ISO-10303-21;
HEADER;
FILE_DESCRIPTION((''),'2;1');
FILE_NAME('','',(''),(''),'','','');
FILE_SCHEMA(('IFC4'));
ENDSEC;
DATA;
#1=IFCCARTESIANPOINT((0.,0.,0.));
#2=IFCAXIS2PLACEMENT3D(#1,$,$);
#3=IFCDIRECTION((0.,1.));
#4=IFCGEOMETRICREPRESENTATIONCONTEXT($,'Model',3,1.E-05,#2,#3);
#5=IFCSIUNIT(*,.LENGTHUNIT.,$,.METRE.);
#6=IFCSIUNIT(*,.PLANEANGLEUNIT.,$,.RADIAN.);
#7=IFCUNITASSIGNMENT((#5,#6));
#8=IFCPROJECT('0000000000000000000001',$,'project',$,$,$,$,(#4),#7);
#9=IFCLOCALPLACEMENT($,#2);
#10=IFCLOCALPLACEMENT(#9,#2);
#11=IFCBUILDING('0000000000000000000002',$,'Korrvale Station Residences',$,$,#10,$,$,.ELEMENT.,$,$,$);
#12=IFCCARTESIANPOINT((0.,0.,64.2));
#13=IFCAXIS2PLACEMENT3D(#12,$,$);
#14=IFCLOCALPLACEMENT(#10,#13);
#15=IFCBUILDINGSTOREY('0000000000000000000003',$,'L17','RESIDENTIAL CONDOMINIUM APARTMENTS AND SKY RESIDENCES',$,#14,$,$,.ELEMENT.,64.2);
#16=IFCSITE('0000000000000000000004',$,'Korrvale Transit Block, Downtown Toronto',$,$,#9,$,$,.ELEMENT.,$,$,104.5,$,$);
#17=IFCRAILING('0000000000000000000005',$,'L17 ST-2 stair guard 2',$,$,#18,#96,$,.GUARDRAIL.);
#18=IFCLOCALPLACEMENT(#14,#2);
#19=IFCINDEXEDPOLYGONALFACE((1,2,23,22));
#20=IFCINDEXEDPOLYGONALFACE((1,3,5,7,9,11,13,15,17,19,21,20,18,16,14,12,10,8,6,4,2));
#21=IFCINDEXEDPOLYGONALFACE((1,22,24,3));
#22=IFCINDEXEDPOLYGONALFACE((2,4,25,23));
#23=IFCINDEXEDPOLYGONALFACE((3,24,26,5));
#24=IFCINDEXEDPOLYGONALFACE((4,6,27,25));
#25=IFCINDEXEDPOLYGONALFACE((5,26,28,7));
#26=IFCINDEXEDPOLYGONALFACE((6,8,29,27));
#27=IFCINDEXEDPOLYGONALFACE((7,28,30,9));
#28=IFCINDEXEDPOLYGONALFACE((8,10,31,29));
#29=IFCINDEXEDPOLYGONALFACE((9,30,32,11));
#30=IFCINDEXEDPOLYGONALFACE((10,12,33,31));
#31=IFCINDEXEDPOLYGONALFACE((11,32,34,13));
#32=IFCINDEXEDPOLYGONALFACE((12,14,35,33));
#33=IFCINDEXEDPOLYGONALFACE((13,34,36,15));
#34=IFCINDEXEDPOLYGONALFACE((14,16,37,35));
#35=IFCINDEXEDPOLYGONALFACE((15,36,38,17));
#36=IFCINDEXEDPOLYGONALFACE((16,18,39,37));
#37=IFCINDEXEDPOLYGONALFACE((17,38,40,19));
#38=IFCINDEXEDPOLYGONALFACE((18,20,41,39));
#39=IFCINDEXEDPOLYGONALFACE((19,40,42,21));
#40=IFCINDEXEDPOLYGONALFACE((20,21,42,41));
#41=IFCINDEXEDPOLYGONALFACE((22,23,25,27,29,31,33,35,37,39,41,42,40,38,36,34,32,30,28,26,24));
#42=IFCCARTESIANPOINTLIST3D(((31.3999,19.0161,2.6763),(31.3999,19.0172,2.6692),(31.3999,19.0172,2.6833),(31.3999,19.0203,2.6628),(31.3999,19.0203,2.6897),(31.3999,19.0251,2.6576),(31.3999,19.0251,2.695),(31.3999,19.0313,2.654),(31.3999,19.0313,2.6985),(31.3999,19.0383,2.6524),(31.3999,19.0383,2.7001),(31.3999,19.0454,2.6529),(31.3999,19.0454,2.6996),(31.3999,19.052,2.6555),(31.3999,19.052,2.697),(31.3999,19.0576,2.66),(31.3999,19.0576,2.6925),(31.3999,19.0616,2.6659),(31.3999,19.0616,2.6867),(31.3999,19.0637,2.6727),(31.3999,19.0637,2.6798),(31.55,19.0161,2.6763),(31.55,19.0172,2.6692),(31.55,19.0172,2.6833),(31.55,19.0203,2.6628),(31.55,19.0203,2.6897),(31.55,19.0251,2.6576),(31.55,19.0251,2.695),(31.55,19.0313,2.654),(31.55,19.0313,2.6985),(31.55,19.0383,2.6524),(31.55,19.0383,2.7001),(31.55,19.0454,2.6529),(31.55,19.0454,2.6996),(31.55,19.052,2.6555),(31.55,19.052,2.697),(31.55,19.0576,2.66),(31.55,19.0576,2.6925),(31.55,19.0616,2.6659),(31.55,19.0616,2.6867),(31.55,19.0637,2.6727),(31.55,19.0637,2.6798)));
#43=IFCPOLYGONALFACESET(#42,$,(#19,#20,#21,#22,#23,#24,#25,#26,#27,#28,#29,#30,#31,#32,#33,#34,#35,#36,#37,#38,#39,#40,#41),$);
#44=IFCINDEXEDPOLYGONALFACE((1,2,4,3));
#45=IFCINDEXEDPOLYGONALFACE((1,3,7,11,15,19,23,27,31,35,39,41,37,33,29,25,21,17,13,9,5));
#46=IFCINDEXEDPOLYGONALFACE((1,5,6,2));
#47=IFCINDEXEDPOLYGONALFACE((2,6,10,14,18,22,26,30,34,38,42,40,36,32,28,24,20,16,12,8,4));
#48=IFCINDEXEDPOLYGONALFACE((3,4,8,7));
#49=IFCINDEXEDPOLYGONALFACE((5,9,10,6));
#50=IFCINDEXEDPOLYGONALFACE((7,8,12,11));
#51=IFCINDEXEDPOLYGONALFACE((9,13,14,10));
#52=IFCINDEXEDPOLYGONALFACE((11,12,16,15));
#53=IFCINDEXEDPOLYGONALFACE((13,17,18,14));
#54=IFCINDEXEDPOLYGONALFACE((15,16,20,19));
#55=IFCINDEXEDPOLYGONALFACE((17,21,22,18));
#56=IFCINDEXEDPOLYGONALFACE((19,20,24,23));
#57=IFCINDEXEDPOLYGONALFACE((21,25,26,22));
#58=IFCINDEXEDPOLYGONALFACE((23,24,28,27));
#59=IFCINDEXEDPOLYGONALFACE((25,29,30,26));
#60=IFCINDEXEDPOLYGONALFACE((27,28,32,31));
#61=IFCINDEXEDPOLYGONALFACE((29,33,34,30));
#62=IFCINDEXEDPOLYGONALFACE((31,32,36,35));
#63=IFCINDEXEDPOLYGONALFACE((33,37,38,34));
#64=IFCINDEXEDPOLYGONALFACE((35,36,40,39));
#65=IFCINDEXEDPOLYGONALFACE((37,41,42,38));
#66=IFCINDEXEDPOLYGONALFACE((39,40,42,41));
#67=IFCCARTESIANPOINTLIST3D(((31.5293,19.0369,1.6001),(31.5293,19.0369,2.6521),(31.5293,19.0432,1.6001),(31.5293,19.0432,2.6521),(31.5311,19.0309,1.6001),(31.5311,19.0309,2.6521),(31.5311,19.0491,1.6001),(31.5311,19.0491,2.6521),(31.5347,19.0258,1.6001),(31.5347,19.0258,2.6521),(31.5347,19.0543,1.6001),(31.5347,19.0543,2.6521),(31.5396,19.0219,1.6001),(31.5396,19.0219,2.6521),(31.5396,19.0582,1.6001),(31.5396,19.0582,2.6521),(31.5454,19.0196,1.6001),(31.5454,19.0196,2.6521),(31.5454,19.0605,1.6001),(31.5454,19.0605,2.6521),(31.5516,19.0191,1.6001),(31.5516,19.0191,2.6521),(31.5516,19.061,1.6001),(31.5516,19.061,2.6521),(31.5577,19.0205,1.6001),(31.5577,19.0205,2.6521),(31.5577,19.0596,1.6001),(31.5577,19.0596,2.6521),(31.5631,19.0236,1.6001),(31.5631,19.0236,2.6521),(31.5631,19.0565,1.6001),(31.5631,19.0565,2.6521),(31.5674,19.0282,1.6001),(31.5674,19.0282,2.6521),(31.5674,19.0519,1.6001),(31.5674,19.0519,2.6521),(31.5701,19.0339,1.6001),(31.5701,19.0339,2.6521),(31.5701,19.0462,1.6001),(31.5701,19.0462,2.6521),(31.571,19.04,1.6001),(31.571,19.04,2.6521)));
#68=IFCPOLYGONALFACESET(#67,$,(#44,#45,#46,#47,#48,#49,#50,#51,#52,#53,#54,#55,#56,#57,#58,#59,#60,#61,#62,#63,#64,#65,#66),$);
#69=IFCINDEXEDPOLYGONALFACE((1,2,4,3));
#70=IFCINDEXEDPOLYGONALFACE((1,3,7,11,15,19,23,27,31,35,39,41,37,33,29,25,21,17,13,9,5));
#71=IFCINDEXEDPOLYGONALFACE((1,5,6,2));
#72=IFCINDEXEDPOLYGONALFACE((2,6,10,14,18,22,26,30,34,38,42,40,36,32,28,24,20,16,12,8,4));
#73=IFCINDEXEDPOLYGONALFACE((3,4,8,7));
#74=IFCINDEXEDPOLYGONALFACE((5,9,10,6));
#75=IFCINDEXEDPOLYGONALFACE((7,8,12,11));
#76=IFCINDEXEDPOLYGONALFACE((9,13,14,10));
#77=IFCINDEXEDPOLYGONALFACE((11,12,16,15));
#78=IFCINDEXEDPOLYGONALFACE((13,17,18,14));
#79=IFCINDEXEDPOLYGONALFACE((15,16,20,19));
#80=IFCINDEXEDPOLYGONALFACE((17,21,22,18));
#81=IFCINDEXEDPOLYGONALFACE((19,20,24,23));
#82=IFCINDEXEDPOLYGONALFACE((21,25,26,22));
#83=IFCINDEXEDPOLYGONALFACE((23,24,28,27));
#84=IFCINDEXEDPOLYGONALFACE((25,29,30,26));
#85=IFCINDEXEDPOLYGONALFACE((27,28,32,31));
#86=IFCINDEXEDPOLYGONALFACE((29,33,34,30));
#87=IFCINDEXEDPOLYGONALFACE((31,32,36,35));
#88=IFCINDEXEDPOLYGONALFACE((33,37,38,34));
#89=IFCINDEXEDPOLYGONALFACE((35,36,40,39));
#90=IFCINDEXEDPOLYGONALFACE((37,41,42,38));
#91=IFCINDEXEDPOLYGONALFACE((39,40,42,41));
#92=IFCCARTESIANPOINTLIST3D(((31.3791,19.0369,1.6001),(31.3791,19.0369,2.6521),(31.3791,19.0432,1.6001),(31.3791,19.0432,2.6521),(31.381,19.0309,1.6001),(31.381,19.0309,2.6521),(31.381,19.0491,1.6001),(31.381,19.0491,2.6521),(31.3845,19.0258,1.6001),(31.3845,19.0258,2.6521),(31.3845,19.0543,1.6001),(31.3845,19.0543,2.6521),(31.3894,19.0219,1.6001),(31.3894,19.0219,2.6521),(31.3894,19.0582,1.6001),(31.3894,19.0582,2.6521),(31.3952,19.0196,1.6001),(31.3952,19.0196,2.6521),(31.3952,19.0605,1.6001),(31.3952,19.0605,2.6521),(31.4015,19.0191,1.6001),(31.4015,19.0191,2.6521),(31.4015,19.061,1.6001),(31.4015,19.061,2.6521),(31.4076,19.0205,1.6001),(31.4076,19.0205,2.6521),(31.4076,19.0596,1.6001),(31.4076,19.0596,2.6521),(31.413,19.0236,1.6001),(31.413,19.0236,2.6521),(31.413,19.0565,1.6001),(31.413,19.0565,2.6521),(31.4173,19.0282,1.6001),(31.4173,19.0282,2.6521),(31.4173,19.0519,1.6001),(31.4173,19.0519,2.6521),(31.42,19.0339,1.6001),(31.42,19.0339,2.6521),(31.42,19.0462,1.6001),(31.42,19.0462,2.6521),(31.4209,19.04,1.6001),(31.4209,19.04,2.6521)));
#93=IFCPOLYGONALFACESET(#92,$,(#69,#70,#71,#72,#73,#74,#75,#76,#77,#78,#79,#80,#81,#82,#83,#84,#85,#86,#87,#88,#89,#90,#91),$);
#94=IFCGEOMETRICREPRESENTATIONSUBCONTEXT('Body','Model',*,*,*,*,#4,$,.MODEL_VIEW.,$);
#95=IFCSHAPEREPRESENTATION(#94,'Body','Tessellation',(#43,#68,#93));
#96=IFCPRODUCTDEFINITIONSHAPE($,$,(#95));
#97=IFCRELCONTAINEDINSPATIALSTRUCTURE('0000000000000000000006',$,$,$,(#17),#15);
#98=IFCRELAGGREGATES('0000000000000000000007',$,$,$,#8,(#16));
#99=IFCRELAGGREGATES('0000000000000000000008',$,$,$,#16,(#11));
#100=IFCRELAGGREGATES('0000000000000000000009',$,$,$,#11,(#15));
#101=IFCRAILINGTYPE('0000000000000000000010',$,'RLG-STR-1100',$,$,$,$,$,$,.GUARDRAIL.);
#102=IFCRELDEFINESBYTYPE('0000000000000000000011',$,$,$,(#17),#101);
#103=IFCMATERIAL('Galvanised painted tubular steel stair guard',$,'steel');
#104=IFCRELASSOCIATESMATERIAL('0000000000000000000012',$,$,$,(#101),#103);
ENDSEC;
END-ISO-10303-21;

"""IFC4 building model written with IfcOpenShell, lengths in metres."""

from ifc_helpers import new_model, si_unit, direction, frame, origin, origin_2d, place, context, subcontext, project, spatial, circle, extrude, material, type_object, element, save


model = new_model("IFC4")

# Units and contexts
model_context = context("Model", 3, precision=1e-05, world=origin(), true_north=direction((0.0, 1.0)))
body_context = subcontext(model_context, "Body", "Model", "MODEL_VIEW")
ifc_project = project(units=[si_unit("LENGTHUNIT", "METRE"), si_unit("PLANEANGLEUNIT", "RADIAN")], contexts=[model_context])

# Site, building, storey
site_placement = place(None, origin())
site = spatial("IfcSite", under=ifc_project, at=site_placement, Name="Korrvale Transit Block, Downtown Toronto", CompositionType="ELEMENT", RefElevation=104.5)
building_placement = place(site_placement, origin())
building = spatial("IfcBuilding", under=site, at=building_placement, Name="Korrvale Station Residences", CompositionType="ELEMENT")
storey_placement = place(building_placement, frame((0.0, 0.0, 64.2)))
storey = spatial("IfcBuildingStorey", under=building, at=storey_placement, Name="L17", Description="RESIDENTIAL CONDOMINIUM APARTMENTS AND SKY RESIDENCES", CompositionType="ELEMENT", Elevation=64.2)

# Railing
ifc_material_1 = material(Name="Galvanised painted tubular steel stair guard", Category="steel")
railing_type_1 = type_object("IfcRailingType", Name="RLG-STR-1100", PredefinedType="GUARDRAIL", material=ifc_material_1)
railing_1_placement = place(storey_placement, frame((31.55, 19.04, 1.6001)))
element("IfcRailing", 1, at=railing_1_placement, inside=storey, type_object=railing_type_1, Name="L17 ST-2 stair guard 2", PredefinedType="GUARDRAIL", context=body_context, shape_type="SweptSolid", body=[
    extrude(circle(Radius=0.0239, at=origin_2d()), frame((0.0, 0.0, 1.0762), z_axis=(-1.0, 0.0, 0.0), x_axis=(0.0, -1.0, 0.0)), (0.0, 0.0, 1.0), 0.1501),
    extrude(circle(Radius=0.021, at=origin_2d()), origin(), (0.0, 0.0, 1.0), 1.052),
    extrude(circle(Radius=0.021, at=origin_2d()), frame((-0.1501, 0.0, 0.0)), (0.0, 0.0, 1.0), 1.052),
])

save(model, "model.ifc")
